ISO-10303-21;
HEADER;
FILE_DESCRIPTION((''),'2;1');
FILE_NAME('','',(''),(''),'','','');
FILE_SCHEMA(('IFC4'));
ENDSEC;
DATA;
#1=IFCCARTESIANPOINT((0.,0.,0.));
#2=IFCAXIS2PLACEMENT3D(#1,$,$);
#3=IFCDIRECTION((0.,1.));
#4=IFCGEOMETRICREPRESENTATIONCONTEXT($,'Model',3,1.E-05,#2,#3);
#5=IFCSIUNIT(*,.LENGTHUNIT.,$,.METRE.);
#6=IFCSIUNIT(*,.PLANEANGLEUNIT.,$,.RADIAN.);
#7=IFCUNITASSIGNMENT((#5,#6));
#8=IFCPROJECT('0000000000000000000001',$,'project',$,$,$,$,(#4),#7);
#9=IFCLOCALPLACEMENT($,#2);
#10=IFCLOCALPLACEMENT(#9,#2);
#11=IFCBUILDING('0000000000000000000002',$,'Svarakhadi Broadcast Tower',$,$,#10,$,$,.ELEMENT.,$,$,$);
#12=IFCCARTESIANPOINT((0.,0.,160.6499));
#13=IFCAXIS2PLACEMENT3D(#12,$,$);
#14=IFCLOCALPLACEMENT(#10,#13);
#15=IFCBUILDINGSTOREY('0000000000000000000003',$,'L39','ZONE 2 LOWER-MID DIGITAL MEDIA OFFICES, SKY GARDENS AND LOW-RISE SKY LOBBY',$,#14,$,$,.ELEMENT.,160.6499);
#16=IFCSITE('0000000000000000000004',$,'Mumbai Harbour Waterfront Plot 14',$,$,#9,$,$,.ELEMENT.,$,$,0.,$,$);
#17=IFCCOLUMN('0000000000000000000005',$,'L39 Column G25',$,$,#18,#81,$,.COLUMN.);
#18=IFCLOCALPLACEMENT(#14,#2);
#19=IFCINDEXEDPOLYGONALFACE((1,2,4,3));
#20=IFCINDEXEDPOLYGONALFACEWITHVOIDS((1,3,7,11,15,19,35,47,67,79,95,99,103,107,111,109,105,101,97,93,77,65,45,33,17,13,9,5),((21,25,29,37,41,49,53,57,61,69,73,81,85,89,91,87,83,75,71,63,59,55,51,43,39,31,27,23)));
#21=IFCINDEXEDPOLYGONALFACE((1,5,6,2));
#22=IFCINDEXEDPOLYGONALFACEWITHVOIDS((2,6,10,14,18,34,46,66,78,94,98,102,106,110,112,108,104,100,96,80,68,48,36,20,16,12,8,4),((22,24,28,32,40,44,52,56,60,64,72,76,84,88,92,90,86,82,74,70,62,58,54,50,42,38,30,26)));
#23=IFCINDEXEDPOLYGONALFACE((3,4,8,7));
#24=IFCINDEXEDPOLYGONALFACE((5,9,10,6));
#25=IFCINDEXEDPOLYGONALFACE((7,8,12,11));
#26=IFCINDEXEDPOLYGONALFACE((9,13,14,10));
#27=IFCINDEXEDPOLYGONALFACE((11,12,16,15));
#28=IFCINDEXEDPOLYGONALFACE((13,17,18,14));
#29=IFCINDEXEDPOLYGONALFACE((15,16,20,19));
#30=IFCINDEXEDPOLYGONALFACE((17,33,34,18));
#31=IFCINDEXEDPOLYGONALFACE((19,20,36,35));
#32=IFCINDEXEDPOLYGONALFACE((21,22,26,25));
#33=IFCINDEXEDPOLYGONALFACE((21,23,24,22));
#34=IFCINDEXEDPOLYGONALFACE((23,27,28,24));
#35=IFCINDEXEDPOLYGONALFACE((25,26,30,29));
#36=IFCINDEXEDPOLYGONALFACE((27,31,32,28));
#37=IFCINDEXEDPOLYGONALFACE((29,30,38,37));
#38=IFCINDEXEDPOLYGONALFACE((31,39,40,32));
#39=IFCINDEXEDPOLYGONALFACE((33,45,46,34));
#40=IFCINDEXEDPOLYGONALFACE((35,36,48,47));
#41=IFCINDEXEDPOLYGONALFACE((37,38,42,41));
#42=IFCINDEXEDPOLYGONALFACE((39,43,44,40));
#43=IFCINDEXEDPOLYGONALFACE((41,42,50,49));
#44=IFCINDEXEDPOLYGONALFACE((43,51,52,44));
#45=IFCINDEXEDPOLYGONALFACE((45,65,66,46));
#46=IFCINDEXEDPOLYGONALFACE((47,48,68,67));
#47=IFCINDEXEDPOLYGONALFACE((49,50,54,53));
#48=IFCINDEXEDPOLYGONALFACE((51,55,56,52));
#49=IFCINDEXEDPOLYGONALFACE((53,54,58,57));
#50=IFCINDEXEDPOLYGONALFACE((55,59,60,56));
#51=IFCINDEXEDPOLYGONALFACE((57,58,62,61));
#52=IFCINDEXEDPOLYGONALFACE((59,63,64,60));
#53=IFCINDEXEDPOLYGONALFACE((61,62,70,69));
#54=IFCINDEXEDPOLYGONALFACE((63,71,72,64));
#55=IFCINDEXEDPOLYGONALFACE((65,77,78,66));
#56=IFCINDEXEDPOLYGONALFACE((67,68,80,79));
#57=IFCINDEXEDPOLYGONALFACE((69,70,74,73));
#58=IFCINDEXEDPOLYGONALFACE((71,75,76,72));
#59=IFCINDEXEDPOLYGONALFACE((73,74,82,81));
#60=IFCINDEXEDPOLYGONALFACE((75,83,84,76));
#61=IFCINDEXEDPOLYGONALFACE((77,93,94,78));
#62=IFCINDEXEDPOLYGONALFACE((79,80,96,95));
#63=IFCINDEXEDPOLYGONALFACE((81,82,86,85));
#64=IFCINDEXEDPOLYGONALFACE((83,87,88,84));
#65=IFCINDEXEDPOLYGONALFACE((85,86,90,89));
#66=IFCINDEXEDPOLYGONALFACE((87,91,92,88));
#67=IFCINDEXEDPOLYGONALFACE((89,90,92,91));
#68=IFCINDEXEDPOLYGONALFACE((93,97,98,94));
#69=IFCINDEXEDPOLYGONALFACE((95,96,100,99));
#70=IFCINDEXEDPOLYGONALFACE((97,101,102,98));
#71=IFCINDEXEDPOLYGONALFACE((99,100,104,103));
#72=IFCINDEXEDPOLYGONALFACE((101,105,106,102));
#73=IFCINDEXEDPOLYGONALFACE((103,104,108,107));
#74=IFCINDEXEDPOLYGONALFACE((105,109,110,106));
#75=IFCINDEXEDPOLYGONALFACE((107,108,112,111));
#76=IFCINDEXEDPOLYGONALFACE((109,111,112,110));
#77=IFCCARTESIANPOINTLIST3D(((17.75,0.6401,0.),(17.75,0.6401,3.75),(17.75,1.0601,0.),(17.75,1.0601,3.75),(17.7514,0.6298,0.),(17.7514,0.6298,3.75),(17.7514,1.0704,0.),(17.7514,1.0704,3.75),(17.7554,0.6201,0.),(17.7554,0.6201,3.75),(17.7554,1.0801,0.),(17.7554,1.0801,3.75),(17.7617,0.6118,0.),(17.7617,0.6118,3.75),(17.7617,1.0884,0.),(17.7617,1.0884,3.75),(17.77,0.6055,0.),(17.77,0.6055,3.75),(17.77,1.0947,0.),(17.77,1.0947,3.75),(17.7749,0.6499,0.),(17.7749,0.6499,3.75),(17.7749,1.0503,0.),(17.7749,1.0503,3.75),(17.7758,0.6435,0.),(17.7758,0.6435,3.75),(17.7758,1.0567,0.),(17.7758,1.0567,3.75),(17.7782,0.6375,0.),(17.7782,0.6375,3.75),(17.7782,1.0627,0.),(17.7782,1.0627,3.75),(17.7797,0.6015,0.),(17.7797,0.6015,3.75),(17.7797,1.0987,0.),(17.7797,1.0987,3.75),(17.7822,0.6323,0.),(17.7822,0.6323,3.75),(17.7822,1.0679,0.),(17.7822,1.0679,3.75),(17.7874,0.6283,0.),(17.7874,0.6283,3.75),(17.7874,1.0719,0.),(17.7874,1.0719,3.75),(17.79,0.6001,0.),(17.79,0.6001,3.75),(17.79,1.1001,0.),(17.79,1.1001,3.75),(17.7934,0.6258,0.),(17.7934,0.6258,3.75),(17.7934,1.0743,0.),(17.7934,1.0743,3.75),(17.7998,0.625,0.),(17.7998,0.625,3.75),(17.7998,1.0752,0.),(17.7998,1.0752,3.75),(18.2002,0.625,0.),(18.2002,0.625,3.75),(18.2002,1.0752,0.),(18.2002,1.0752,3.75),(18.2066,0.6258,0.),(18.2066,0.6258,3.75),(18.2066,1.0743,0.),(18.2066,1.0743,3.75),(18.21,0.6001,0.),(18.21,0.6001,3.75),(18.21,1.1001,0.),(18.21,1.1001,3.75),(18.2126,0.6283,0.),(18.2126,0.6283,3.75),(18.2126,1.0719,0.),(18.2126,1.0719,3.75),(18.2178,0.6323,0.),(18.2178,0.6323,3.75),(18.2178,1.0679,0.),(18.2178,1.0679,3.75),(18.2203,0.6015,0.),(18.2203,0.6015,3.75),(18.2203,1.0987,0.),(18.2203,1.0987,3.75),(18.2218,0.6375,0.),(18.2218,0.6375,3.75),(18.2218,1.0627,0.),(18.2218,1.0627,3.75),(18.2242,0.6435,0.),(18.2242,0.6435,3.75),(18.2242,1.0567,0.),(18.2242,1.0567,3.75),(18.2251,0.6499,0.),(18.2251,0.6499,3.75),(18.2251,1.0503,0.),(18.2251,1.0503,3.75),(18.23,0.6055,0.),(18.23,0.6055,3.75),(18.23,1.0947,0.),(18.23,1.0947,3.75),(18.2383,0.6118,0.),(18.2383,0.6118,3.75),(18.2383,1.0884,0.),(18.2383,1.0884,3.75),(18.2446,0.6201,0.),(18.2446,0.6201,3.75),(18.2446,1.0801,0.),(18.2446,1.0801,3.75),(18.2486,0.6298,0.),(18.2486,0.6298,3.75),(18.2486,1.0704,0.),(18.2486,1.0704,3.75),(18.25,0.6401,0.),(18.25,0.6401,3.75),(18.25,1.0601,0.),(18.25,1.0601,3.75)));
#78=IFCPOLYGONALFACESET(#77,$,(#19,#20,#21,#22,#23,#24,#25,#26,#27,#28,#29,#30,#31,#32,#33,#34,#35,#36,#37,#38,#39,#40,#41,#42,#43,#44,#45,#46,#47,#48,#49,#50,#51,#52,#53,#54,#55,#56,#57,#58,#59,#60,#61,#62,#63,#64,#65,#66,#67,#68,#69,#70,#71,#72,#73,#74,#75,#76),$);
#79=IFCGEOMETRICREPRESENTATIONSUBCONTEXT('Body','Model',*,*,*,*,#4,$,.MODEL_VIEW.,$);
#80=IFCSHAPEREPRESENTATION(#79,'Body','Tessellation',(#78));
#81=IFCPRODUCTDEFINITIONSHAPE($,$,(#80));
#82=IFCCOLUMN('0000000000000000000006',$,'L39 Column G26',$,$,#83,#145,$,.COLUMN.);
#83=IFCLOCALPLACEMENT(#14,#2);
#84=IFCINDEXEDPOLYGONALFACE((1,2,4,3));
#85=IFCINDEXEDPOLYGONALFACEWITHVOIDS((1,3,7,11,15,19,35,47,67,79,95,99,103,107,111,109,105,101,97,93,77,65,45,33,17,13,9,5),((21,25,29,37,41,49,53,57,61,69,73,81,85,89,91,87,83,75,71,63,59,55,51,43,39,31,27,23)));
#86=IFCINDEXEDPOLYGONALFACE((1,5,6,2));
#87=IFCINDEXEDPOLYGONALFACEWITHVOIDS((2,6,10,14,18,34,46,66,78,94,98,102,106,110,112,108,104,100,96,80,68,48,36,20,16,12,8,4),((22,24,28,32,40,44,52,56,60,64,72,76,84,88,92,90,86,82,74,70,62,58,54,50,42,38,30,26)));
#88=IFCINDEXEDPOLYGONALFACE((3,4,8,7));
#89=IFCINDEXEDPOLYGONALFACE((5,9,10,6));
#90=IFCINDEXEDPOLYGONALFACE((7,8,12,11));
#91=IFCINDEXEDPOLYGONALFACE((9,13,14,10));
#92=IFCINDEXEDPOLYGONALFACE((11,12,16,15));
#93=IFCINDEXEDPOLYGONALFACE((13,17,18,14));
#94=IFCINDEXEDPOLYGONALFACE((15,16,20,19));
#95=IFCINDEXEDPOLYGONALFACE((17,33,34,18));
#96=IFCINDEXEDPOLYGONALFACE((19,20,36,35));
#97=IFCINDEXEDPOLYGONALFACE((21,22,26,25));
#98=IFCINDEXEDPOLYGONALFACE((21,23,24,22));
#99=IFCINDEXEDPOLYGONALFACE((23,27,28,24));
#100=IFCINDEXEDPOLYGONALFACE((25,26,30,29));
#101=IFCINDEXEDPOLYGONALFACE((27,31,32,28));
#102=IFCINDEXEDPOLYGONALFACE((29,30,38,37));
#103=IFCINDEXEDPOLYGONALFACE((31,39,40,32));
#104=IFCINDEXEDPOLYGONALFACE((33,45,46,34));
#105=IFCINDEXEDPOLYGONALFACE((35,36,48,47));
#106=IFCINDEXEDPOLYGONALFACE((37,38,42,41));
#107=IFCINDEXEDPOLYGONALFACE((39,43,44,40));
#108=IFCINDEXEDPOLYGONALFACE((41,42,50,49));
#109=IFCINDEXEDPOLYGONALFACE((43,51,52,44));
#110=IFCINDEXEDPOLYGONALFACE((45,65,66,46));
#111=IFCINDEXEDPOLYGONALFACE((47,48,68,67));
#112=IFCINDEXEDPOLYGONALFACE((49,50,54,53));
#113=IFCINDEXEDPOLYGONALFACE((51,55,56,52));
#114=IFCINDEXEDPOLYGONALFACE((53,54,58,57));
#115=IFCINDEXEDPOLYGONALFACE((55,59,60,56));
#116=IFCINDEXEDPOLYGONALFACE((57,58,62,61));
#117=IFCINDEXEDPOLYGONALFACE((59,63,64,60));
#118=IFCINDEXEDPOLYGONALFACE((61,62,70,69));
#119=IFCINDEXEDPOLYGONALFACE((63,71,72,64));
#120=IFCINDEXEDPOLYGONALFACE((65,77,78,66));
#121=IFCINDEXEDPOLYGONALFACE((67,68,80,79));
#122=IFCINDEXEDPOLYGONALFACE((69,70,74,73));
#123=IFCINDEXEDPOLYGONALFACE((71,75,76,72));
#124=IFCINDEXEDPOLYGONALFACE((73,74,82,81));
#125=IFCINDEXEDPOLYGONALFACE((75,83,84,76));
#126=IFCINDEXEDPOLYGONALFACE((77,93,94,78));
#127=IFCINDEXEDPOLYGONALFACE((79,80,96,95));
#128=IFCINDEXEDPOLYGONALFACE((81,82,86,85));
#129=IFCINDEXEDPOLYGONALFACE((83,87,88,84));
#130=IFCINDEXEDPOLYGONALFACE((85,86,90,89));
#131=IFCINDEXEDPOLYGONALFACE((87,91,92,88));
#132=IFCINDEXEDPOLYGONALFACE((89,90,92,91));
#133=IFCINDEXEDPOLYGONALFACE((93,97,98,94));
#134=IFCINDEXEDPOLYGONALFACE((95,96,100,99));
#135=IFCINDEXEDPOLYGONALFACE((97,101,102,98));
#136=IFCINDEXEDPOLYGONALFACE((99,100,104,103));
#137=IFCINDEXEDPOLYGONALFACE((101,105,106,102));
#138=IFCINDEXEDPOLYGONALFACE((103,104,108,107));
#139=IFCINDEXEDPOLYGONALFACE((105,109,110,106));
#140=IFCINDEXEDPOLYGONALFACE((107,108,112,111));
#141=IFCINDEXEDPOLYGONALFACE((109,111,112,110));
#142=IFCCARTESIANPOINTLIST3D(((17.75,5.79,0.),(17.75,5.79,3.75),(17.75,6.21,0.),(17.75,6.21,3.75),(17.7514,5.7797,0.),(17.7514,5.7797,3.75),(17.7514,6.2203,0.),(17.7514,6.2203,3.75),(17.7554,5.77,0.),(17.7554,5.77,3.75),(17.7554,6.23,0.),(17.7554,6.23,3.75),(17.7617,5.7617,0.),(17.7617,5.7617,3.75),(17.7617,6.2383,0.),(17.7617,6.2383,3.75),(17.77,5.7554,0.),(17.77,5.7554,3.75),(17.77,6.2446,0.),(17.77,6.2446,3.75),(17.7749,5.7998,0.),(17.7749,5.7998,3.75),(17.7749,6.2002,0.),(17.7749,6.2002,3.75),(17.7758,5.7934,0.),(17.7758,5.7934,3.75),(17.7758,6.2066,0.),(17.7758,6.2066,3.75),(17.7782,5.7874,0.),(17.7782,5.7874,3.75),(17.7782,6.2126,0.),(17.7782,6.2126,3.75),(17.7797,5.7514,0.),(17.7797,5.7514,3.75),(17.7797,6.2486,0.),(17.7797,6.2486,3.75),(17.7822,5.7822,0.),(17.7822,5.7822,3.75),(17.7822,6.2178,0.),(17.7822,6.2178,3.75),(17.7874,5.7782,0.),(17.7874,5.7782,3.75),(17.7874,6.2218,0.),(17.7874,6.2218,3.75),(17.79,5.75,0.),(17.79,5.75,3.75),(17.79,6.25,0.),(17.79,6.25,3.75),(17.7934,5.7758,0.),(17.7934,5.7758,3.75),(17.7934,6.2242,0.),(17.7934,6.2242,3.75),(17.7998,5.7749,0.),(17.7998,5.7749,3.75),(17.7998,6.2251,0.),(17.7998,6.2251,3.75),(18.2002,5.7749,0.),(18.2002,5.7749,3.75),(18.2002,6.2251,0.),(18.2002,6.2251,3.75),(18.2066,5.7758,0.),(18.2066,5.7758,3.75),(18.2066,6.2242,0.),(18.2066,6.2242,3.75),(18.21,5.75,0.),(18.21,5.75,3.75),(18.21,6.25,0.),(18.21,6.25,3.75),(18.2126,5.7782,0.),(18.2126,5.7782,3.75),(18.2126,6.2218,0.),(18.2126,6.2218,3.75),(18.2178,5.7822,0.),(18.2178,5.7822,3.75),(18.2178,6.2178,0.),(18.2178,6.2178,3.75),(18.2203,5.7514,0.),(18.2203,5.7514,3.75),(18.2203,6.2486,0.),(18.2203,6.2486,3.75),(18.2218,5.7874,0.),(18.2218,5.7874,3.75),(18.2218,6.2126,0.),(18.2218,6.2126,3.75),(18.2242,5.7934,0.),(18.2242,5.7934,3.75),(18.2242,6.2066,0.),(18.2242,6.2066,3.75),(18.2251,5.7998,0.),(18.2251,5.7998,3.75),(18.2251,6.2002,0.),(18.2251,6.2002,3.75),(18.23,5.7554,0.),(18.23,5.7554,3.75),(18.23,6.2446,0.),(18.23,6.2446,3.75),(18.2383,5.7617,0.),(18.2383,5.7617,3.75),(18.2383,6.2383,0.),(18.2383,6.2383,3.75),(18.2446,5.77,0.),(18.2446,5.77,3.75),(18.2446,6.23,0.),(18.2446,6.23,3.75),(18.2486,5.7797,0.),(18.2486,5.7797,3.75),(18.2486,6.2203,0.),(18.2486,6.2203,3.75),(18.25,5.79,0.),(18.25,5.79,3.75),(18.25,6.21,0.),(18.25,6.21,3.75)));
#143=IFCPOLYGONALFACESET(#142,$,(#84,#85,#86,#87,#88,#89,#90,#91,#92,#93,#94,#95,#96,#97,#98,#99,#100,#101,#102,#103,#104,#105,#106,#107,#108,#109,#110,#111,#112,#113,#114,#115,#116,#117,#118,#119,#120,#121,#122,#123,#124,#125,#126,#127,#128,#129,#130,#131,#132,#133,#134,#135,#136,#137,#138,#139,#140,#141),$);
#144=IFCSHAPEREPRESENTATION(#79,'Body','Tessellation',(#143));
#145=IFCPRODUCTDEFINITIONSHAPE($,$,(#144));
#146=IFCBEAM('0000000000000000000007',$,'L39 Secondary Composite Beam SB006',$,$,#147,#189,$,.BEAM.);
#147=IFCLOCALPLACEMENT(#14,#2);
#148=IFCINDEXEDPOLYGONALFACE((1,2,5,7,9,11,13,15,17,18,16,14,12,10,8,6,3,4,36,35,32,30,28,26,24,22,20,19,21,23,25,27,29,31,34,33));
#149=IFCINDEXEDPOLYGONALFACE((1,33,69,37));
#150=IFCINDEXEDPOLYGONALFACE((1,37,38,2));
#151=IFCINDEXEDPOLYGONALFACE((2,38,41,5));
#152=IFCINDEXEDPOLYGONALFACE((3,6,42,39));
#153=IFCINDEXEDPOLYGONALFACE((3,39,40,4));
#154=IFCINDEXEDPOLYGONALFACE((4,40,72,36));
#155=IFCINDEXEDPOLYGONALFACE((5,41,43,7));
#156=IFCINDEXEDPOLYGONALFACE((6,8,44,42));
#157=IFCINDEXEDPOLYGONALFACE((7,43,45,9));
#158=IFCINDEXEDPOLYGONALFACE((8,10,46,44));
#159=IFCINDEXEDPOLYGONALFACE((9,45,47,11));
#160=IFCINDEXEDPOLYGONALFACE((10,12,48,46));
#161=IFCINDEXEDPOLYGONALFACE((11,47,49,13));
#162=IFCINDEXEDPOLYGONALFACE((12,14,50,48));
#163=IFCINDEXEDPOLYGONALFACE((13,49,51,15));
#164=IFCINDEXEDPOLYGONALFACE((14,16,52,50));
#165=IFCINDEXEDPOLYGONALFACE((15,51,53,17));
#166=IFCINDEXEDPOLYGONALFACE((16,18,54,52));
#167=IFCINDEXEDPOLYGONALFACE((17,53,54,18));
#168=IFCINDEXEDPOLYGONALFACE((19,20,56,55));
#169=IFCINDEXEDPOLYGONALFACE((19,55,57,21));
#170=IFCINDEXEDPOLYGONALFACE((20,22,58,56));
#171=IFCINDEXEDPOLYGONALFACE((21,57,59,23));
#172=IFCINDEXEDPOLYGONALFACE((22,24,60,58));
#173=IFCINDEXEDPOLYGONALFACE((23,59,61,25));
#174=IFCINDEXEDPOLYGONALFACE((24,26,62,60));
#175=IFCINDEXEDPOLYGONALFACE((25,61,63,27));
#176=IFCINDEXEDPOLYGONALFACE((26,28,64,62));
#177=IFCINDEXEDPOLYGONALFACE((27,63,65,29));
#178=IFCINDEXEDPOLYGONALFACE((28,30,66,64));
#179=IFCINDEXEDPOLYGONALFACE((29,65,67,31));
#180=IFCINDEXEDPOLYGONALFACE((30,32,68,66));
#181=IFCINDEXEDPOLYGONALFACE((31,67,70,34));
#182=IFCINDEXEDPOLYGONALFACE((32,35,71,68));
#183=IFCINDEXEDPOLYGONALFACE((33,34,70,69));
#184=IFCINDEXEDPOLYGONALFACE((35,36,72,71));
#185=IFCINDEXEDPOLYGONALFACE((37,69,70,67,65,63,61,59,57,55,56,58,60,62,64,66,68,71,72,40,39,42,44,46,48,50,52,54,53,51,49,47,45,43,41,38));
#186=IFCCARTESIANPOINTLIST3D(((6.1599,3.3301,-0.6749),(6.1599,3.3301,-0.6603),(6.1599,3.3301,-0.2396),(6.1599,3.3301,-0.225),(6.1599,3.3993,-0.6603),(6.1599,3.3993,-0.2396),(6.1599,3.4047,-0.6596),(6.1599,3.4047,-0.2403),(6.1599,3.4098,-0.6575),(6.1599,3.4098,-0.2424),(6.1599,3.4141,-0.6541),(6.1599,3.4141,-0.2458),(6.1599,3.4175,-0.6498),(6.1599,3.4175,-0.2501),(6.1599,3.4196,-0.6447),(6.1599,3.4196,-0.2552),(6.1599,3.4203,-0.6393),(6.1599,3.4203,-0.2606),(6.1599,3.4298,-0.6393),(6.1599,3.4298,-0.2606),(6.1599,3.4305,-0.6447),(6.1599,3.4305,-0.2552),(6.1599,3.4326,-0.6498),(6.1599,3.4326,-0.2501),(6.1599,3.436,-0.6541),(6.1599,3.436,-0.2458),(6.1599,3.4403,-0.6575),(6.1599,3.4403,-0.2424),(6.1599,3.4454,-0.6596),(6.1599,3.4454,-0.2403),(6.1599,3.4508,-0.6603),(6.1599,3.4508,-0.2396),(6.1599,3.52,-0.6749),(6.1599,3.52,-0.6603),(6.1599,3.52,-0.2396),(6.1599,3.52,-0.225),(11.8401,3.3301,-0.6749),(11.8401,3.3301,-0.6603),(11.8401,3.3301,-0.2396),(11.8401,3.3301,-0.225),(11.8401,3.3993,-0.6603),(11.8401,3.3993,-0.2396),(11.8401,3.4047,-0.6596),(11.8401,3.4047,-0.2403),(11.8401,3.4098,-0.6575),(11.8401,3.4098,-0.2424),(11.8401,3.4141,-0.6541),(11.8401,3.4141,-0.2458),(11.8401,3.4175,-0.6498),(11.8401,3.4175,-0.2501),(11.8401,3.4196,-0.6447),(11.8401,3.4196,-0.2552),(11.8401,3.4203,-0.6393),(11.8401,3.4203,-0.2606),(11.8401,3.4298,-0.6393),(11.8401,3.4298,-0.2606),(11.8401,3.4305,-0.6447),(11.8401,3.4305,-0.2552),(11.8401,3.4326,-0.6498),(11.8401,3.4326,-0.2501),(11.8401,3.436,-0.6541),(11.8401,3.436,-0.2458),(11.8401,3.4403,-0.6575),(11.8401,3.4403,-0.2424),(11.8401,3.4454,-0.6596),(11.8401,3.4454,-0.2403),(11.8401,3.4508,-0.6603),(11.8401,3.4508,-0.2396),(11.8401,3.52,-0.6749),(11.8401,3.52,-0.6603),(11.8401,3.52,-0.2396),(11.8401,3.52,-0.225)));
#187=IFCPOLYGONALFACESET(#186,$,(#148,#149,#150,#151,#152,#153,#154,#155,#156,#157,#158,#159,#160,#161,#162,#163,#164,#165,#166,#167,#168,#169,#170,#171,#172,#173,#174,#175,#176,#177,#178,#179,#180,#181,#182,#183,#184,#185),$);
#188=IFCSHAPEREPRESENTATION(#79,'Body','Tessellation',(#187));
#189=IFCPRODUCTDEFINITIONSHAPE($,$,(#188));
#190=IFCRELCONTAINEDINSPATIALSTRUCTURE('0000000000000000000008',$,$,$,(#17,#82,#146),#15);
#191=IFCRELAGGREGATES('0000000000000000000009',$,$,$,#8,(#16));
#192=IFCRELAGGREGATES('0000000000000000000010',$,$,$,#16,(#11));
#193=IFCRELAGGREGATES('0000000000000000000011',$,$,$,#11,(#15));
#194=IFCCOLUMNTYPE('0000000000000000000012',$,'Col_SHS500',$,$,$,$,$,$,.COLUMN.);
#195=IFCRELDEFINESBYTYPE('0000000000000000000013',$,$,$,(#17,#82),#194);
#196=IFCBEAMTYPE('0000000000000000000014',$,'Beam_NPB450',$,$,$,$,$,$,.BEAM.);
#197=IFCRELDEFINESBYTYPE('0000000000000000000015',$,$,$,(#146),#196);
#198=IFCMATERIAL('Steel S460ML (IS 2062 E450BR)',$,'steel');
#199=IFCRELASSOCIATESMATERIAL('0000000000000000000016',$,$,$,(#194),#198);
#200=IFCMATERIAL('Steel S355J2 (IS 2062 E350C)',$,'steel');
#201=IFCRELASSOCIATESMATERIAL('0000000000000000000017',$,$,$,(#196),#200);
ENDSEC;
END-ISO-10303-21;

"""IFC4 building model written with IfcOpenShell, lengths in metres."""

from ifc_helpers import new_model, si_unit, direction, frame, origin, origin_2d, place, context, subcontext, project, spatial, hollow_rectangle, i_section, extrude, material, material_profile, profile_set, type_object, element, save


model = new_model("IFC4")

# Units and contexts
model_context = context("Model", 3, precision=1e-05, world=origin(), true_north=direction((0.0, 1.0)))
body_context = subcontext(model_context, "Body", "Model", "MODEL_VIEW")
ifc_project = project(units=[si_unit("LENGTHUNIT", "METRE"), si_unit("PLANEANGLEUNIT", "RADIAN")], contexts=[model_context])

# Site, building, storey
site_placement = place(None, origin())
site = spatial("IfcSite", under=ifc_project, at=site_placement, Name="Mumbai Harbour Waterfront Plot 14", CompositionType="ELEMENT", RefElevation=0.0)
building_placement = place(site_placement, origin())
building = spatial("IfcBuilding", under=site, at=building_placement, Name="Svarakhadi Broadcast Tower", CompositionType="ELEMENT")
storey_placement = place(building_placement, frame((0.0, 0.0, 160.6499)))
storey = spatial("IfcBuildingStorey", under=building, at=storey_placement, Name="L39", Description="ZONE 2 LOWER-MID DIGITAL MEDIA OFFICES, SKY GARDENS AND LOW-RISE SKY LOBBY", CompositionType="ELEMENT", Elevation=160.6499)

# Columns
ifc_material_1 = material(Name="Steel S460ML (IS 2062 E450BR)", Category="steel")
ifc_material_profile_1 = material_profile(ifc_material_1, hollow_rectangle(XDim=0.5, YDim=0.5, WallThickness=0.0249, InnerFilletRadius=0.0249, OuterFilletRadius=0.04, at=origin_2d()), Name="SHS 500x500x25")
ifc_profile_set_1 = profile_set([ifc_material_profile_1], Name="Steel S460ML (IS 2062 E450BR)")
column_type_1 = type_object("IfcColumnType", Name="Col_SHS500", PredefinedType="COLUMN", material=ifc_profile_set_1)
for number, where, z_axis, x_axis, name in (
    (1, (18.0, 0.8501, 0.0), (0.0, 0.0, 1.0), (1.0, 0.0, 0.0), "L39 Column G25"),
    (2, (18.0, 6.0, 0.0), (0.0, 0.0, 1.0), (1.0, 0.0, 0.0), "L39 Column G26"),
):
    element("IfcColumn", number, at=place(storey_placement, frame(where, z_axis=z_axis, x_axis=x_axis)), inside=storey, type_object=column_type_1, Name=name, PredefinedType="COLUMN", context=body_context, shape_type="SweptSolid", body=[
        extrude(hollow_rectangle(XDim=0.5, YDim=0.5, WallThickness=0.0249, InnerFilletRadius=0.0249, OuterFilletRadius=0.04, at=origin_2d()), origin(), (0.0, 0.0, 1.0), 3.75),
    ])

# Beam
ifc_material_2 = material(Name="Steel S355J2 (IS 2062 E350C)", Category="steel")
ifc_material_profile_2 = material_profile(ifc_material_2, i_section(OverallWidth=0.1899, OverallDepth=0.45, WebThickness=0.0095, FlangeThickness=0.0146, FilletRadius=0.021, at=origin_2d()), Name="NPB 450x190x78")
ifc_profile_set_2 = profile_set([ifc_material_profile_2], Name="Steel S355J2 (IS 2062 E350C)")
beam_type_1 = type_object("IfcBeamType", Name="Beam_NPB450", PredefinedType="BEAM", material=ifc_profile_set_2)
for number, where, z_axis, x_axis, name in (
    (3, (6.1599, 3.425, -0.45), (1.0, 0.0, 0.0), (0.0, 1.0, 0.0), "L39 Secondary Composite Beam SB006"),
):
    element("IfcBeam", number, at=place(storey_placement, frame(where, z_axis=z_axis, x_axis=x_axis)), inside=storey, type_object=beam_type_1, Name=name, PredefinedType="BEAM", context=body_context, shape_type="SweptSolid", body=[
        extrude(i_section(OverallWidth=0.1899, OverallDepth=0.45, WebThickness=0.0095, FlangeThickness=0.0146, FilletRadius=0.021, at=origin_2d()), origin(), (0.0, 0.0, 1.0), 5.6802),
    ])

save(model, "model.ifc")
